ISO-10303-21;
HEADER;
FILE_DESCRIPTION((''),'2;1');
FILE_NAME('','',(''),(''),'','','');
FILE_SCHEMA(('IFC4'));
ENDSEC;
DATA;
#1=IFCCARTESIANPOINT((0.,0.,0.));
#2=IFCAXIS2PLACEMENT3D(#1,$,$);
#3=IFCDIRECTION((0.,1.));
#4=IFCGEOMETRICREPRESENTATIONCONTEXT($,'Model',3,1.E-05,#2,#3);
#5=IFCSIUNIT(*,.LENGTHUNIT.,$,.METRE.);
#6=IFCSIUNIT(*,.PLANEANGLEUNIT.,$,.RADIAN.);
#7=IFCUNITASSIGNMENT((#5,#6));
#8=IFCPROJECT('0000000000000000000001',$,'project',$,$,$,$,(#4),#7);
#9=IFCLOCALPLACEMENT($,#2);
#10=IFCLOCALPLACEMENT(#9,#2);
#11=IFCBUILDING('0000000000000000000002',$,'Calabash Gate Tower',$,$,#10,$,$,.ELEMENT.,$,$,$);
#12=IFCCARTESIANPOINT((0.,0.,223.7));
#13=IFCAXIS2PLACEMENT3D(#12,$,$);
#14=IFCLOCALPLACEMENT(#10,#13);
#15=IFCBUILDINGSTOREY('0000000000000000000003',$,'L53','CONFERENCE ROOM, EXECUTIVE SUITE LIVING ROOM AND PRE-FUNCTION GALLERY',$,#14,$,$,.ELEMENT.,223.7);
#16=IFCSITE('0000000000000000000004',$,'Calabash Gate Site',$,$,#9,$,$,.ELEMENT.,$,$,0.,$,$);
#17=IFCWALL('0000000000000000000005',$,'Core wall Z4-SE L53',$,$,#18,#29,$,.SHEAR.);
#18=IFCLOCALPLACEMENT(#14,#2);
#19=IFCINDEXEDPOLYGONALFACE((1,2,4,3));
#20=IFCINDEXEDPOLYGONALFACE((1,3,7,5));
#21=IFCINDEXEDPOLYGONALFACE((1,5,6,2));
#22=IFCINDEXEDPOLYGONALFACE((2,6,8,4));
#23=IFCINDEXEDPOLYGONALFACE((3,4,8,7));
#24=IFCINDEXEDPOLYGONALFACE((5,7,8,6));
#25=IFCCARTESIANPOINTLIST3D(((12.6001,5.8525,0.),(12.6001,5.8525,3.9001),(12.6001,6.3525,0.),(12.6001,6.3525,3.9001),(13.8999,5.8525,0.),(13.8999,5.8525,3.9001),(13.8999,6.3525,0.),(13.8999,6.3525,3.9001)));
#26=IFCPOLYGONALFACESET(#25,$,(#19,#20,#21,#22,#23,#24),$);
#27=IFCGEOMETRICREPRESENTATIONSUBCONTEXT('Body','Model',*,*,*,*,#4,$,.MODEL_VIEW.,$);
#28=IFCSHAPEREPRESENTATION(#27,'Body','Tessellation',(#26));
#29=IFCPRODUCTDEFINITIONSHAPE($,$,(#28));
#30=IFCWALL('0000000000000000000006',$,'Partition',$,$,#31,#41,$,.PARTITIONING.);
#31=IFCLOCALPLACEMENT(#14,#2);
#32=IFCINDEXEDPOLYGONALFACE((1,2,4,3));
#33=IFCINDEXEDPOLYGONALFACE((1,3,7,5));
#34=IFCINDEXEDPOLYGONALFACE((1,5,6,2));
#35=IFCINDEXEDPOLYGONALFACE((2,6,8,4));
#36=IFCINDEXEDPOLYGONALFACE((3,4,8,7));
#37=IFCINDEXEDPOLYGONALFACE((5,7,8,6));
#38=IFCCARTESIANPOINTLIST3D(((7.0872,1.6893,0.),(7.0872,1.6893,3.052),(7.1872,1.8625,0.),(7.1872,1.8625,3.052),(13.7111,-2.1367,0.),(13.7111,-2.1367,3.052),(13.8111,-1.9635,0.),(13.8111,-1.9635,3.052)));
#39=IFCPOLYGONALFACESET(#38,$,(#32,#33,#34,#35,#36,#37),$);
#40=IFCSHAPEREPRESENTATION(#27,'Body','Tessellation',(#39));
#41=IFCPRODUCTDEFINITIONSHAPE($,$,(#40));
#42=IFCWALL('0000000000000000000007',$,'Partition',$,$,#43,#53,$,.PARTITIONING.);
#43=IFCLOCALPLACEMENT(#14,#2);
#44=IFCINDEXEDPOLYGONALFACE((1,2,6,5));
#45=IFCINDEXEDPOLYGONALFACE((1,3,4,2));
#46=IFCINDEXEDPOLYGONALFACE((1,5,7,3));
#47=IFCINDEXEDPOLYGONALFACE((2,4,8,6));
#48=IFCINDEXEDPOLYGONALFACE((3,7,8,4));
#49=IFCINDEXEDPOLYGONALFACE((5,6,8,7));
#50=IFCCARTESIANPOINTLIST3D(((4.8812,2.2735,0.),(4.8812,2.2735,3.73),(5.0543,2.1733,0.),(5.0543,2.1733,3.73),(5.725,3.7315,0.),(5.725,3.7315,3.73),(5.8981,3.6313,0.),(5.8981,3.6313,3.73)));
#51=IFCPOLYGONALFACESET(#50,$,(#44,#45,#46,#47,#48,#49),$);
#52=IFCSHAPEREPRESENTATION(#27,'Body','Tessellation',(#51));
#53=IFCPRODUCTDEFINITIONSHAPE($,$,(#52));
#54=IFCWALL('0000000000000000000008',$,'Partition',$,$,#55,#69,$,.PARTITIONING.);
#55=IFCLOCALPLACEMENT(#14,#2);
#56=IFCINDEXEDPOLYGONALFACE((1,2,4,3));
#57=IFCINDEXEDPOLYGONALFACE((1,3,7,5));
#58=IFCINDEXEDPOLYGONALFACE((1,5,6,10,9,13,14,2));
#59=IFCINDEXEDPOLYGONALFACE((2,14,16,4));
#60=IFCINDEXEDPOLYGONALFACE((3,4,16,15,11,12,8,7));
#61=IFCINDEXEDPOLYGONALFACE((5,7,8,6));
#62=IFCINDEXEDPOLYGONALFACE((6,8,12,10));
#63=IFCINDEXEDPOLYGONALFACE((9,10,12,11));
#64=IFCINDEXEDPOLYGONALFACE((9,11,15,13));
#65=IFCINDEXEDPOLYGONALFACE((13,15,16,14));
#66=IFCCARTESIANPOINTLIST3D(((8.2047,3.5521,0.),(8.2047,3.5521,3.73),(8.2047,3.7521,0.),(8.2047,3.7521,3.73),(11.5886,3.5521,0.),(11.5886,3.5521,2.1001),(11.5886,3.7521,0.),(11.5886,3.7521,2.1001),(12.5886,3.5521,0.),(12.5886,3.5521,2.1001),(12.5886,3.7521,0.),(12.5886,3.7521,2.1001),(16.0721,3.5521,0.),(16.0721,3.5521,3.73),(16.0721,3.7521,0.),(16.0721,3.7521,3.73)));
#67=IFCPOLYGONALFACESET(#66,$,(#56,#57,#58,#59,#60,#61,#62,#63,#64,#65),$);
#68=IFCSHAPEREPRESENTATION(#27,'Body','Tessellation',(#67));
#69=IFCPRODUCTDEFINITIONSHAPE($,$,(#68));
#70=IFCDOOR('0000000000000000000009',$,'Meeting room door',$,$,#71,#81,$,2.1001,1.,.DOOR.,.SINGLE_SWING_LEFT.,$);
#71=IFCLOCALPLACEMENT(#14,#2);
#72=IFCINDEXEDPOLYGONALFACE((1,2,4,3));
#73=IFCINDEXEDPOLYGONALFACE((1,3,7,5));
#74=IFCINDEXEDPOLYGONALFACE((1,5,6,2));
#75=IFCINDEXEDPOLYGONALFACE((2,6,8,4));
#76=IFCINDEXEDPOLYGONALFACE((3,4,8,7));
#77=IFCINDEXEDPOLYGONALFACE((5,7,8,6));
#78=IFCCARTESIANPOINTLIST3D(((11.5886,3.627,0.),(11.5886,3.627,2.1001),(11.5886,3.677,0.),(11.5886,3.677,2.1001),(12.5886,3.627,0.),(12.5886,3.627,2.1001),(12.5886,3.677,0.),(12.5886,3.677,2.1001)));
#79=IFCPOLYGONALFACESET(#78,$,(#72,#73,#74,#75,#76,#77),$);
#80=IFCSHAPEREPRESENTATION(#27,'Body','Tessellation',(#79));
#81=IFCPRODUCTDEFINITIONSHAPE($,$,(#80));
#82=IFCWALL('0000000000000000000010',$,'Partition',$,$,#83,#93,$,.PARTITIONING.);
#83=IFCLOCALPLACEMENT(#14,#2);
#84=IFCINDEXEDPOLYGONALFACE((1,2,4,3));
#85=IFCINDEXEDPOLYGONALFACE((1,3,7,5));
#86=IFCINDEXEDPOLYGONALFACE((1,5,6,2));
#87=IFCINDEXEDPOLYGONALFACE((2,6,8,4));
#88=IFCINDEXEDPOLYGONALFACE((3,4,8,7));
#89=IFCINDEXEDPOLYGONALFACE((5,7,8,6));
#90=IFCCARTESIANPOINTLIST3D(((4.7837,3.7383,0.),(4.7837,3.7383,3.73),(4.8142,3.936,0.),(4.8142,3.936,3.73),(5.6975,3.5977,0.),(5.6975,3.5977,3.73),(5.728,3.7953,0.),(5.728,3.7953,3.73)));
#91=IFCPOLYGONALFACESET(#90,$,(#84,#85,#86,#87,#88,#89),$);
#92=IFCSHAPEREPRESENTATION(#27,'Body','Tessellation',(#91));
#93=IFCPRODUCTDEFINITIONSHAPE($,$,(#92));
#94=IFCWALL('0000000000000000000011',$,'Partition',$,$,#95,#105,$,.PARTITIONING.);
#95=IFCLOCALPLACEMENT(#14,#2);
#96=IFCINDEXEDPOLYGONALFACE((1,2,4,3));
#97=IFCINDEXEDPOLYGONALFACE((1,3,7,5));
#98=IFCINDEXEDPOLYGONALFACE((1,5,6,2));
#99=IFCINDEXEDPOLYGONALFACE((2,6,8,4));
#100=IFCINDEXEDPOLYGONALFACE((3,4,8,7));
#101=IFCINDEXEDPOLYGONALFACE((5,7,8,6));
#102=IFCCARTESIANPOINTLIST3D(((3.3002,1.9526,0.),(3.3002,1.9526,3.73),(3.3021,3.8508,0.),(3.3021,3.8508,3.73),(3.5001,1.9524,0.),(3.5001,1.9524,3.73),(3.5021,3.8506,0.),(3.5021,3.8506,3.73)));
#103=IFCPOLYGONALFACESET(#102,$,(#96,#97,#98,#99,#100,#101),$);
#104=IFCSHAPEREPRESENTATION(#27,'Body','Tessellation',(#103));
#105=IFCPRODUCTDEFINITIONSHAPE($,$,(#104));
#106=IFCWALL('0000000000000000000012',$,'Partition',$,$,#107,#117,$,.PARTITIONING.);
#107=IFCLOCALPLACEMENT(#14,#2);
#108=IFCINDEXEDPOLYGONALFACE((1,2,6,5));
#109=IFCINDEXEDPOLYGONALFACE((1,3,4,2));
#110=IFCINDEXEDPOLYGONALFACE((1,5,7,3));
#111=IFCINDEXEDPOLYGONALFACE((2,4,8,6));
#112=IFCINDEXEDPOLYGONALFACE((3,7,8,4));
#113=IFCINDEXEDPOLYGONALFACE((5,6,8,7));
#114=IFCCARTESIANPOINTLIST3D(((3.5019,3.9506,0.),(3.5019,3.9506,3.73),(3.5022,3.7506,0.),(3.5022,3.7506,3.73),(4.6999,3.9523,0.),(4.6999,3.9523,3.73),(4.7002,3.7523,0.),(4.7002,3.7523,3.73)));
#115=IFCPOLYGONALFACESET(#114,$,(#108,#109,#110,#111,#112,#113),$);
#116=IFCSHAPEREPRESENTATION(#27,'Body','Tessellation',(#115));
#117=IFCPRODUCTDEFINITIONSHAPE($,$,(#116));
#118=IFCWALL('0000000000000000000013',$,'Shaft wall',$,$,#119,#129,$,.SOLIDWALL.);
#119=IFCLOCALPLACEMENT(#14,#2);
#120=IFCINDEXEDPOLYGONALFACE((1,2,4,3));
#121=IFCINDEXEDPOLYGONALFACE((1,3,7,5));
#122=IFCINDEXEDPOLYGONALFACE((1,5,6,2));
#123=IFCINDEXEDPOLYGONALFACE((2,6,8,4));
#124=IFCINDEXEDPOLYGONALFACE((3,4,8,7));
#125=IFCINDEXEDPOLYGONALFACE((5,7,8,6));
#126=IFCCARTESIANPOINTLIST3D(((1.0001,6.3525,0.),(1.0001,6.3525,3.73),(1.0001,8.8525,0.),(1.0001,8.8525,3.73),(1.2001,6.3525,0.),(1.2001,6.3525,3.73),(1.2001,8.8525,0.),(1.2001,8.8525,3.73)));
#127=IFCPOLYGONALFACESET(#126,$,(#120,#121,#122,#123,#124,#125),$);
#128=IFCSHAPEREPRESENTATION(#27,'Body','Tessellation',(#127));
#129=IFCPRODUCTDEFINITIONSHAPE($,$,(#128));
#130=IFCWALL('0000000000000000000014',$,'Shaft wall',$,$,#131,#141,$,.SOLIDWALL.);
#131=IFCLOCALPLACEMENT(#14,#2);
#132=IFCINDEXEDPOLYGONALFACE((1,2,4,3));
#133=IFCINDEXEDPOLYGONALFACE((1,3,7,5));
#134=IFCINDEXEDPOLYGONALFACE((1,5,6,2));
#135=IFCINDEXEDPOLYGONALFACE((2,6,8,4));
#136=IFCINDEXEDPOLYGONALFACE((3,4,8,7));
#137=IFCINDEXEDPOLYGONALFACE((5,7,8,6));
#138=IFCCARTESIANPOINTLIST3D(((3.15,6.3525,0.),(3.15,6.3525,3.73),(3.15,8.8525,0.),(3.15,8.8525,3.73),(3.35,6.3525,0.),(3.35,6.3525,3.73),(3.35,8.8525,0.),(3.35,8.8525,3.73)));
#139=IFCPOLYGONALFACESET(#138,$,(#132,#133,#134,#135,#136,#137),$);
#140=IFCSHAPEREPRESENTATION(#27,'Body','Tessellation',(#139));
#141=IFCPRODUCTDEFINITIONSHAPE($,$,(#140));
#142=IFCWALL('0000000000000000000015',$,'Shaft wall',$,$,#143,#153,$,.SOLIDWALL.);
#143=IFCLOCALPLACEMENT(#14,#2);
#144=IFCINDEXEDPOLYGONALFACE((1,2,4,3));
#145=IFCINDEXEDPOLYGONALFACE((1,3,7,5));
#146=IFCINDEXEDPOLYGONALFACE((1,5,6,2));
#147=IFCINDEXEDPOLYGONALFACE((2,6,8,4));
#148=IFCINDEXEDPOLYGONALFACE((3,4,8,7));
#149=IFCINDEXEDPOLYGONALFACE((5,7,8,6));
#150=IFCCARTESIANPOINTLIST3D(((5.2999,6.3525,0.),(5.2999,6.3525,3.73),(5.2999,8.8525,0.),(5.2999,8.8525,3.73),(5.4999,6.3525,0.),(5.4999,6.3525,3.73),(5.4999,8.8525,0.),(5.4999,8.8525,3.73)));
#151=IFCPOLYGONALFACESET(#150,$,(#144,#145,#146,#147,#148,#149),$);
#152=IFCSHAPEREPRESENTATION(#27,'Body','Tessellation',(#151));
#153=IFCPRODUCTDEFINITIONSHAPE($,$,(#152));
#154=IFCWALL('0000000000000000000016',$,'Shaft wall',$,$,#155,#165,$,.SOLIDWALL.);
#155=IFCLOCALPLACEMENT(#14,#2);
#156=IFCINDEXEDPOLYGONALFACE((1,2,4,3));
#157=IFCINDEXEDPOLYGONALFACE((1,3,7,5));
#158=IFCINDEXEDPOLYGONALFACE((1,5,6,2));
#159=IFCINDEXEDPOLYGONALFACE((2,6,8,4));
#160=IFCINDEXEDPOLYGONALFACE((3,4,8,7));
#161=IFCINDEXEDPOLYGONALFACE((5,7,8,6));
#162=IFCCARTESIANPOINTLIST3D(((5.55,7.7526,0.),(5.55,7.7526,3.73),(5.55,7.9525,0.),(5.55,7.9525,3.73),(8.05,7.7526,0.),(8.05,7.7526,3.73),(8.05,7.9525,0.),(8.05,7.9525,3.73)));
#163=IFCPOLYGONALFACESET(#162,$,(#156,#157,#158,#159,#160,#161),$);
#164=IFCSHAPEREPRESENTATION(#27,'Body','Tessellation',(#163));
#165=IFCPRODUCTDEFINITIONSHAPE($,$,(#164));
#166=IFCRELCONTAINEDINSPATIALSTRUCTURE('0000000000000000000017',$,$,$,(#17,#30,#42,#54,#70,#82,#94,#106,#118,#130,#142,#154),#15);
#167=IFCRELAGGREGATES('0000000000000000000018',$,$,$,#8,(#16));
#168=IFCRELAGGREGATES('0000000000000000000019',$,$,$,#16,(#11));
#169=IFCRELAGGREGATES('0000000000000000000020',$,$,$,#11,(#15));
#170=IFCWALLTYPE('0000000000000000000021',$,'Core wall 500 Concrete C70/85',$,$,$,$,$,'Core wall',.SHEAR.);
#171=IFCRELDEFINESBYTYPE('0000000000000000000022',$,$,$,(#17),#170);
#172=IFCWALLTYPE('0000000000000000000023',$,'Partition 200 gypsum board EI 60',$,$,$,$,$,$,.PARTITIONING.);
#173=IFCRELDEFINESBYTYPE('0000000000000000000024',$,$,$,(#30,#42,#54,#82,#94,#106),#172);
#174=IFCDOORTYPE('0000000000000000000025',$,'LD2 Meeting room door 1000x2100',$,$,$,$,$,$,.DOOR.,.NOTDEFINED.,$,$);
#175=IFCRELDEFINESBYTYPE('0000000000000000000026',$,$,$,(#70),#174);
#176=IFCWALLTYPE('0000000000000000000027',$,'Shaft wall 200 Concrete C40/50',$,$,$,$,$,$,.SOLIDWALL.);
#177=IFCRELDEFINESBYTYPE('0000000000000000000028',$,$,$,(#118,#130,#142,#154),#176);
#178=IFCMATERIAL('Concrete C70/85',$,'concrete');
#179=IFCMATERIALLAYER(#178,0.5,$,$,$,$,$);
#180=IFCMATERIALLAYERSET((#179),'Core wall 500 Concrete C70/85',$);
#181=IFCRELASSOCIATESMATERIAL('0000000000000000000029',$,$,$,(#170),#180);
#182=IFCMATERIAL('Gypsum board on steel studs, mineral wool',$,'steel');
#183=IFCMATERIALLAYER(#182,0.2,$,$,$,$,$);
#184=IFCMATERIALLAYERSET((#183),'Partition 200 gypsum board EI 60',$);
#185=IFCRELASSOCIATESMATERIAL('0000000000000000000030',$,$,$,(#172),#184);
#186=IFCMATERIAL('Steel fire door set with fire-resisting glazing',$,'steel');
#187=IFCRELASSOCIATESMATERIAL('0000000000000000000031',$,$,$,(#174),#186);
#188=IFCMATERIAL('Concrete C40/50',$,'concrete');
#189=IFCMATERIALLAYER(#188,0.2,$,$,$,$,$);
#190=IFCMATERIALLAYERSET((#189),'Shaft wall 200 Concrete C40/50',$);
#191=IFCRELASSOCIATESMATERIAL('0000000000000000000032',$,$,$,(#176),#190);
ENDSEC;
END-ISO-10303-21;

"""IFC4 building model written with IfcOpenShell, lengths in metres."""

from ifc_helpers import new_model, si_unit, direction, frame, frame_2d, origin, place, context, subcontext, project, spatial, rectangle, extrude, material, layer, layer_set, type_object, element, fill, save


model = new_model("IFC4")

# Units and contexts
model_context = context("Model", 3, precision=1e-05, world=origin(), true_north=direction((0.0, 1.0)))
body_context = subcontext(model_context, "Body", "Model", "MODEL_VIEW")
ifc_project = project(units=[si_unit("LENGTHUNIT", "METRE"), si_unit("PLANEANGLEUNIT", "RADIAN")], contexts=[model_context])

# Site, building, storey
site_placement = place(None, origin())
site = spatial("IfcSite", under=ifc_project, at=site_placement, Name="Calabash Gate Site", CompositionType="ELEMENT", RefElevation=0.0)
building_placement = place(site_placement, origin())
building = spatial("IfcBuilding", under=site, at=building_placement, Name="Calabash Gate Tower", CompositionType="ELEMENT")
storey_placement = place(building_placement, frame((0.0, 0.0, 223.7)))
storey = spatial("IfcBuildingStorey", under=building, at=storey_placement, Name="L53", Description="CONFERENCE ROOM, EXECUTIVE SUITE LIVING ROOM AND PRE-FUNCTION GALLERY", CompositionType="ELEMENT", Elevation=223.7)

# Shared definitions
ifc_material_1 = material(Name="Concrete C70/85", Category="concrete")
ifc_layer_1 = layer(ifc_material_1, 0.5)
ifc_layer_set_1 = layer_set([ifc_layer_1], Name="Core wall 500 Concrete C70/85")
wall_type_1 = type_object("IfcWallType", Name="Core wall 500 Concrete C70/85", ElementType="Core wall", PredefinedType="SHEAR", material=ifc_layer_set_1)

# Walls
wall_1_placement = place(storey_placement, frame((12.6001, 6.1025, 0.0), z_axis=(0.0, 0.0, 1.0), x_axis=(1.0, 0.0, 0.0)))
element("IfcWall", 1, at=wall_1_placement, inside=storey, type_object=wall_type_1, Name="Core wall Z4-SE L53", PredefinedType="SHEAR", context=body_context, shape_type="SweptSolid", body=[
    extrude(rectangle(XDim=1.2998, YDim=0.5, at=frame_2d((0.6499, 0.0))), origin(), (0.0, 0.0, 1.0), 3.9001),
])
ifc_material_2 = material(Name="Gypsum board on steel studs, mineral wool", Category="steel")
ifc_layer_2 = layer(ifc_material_2, 0.2)
ifc_layer_set_2 = layer_set([ifc_layer_2], Name="Partition 200 gypsum board EI 60")
wall_type_2 = type_object("IfcWallType", Name="Partition 200 gypsum board EI 60", PredefinedType="PARTITIONING", material=ifc_layer_set_2)
wall_2_placement = place(storey_placement, frame((7.1372, 1.7759, 0.0), z_axis=(0.0, 0.0, 1.0), x_axis=(0.86593, -0.500165, 0.0)))
element("IfcWall", 2, at=wall_2_placement, inside=storey, type_object=wall_type_2, Name="Partition", PredefinedType="PARTITIONING", context=body_context, shape_type="SweptSolid", body=[
    extrude(rectangle(XDim=7.6494, YDim=0.2, at=frame_2d((3.8247, 0.0))), origin(), (0.0, 0.0, 1.0), 3.052),
])
wall_3_placement = place(storey_placement, frame((4.9678, 2.2234, 0.0), z_axis=(0.0, 0.0, 1.0), x_axis=(0.500876, 0.865519, 0.0)))
element("IfcWall", 3, at=wall_3_placement, inside=storey, type_object=wall_type_2, Name="Partition", PredefinedType="PARTITIONING", context=body_context, shape_type="SweptSolid", body=[
    extrude(rectangle(XDim=1.6846, YDim=0.2, at=frame_2d((0.8423, 0.0))), origin(), (0.0, 0.0, 1.0), 3.73),
])

# Wall, opening, door
wall_4_placement = place(storey_placement, frame((8.2048, 3.6521, 0.0), z_axis=(0.0, 0.0, 1.0), x_axis=(1.0, 0.0, 0.0)))
wall_4 = element("IfcWall", 4, at=wall_4_placement, inside=storey, type_object=wall_type_2, Name="Partition", PredefinedType="PARTITIONING", context=body_context, shape_type="SweptSolid", body=[
    extrude(rectangle(XDim=7.8674, YDim=0.2, at=frame_2d((3.9336, 0.0))), origin(), (0.0, 0.0, 1.0), 3.73),
])
opening_1_placement = place(wall_4_placement, frame((3.3838, 0.0, 0.0)))
opening_1 = element("IfcOpeningElement", 5, at=opening_1_placement, cuts=wall_4, PredefinedType="OPENING", context=body_context, shape_type="SweptSolid", body=[
    extrude(rectangle(XDim=1.0, YDim=2.1001, at=frame_2d((0.5, 1.05))), frame((0.0, 0.1099, 0.0), z_axis=(0.0, -1.0, 0.0), x_axis=(1.0, 0.0, 0.0)), (0.0, 0.0, 1.0), 0.22),
])
ifc_material_3 = material(Name="Steel fire door set with fire-resisting glazing", Category="steel")
door_type_1 = type_object("IfcDoorType", Name="LD2 Meeting room door 1000x2100", OperationType="NOTDEFINED", PredefinedType="DOOR", material=ifc_material_3)
door_1_placement = place(opening_1_placement, origin())
door_1 = element("IfcDoor", 6, at=door_1_placement, inside=storey, type_object=door_type_1, Name="Meeting room door", OperationType="SINGLE_SWING_LEFT", OverallHeight=2.1001, OverallWidth=1.0, PredefinedType="DOOR", context=body_context, shape_type="SweptSolid", body=[
    extrude(rectangle(XDim=1.0, YDim=2.1001, at=frame_2d((0.5, 1.05))), frame((0.0, 0.0249, 0.0), z_axis=(0.0, -1.0, 0.0), x_axis=(1.0, 0.0, 0.0)), (0.0, 0.0, 1.0), 0.05),
])
fill(opening_1, door_1)

# Walls
wall_5_placement = place(storey_placement, frame((4.7988, 3.8372, 0.0), z_axis=(0.0, 0.0, 1.0), x_axis=(0.988366, -0.152097, 0.0)))
element("IfcWall", 7, at=wall_5_placement, inside=storey, type_object=wall_type_2, Name="Partition", PredefinedType="PARTITIONING", context=body_context, shape_type="SweptSolid", body=[
    extrude(rectangle(XDim=0.9246, YDim=0.2, at=frame_2d((0.4624, 0.0))), origin(), (0.0, 0.0, 1.0), 3.73),
])
wall_6_placement = place(storey_placement, frame((3.4001, 1.9524, 0.0), z_axis=(0.0, 0.0, 1.0), x_axis=(0.001029, 0.999999, 0.0)))
element("IfcWall", 8, at=wall_6_placement, inside=storey, type_object=wall_type_2, Name="Partition", PredefinedType="PARTITIONING", context=body_context, shape_type="SweptSolid", body=[
    extrude(rectangle(XDim=1.8982, YDim=0.2, at=frame_2d((0.9492, 0.0))), origin(), (0.0, 0.0, 1.0), 3.73),
])
wall_7_placement = place(storey_placement, frame((3.502, 3.8506, 0.0), z_axis=(0.0, 0.0, 1.0), x_axis=(0.999999, 0.001427, 0.0)))
element("IfcWall", 9, at=wall_7_placement, inside=storey, type_object=wall_type_2, Name="Partition", PredefinedType="PARTITIONING", context=body_context, shape_type="SweptSolid", body=[
    extrude(rectangle(XDim=1.198, YDim=0.2, at=frame_2d((0.5991, 0.0))), origin(), (0.0, 0.0, 1.0), 3.73),
])
ifc_material_4 = material(Name="Concrete C40/50", Category="concrete")
ifc_layer_3 = layer(ifc_material_4, 0.2)
ifc_layer_set_3 = layer_set([ifc_layer_3], Name="Shaft wall 200 Concrete C40/50")
wall_type_3 = type_object("IfcWallType", Name="Shaft wall 200 Concrete C40/50", PredefinedType="SOLIDWALL", material=ifc_layer_set_3)
for number, where, z_axis, x_axis, name in (
    (10, (1.1001, 6.3525, 0.0), (0.0, 0.0, 1.0), (0.0, 1.0, 0.0), "Shaft wall"),
    (11, (3.25, 6.3525, 0.0), (0.0, 0.0, 1.0), (0.0, 1.0, 0.0), "Shaft wall"),
    (12, (5.3999, 6.3525, 0.0), (0.0, 0.0, 1.0), (0.0, 1.0, 0.0), "Shaft wall"),
    (13, (5.55, 7.8525, 0.0), (0.0, 0.0, 1.0), (1.0, 0.0, 0.0), "Shaft wall"),
):
    element("IfcWall", number, at=place(storey_placement, frame(where, z_axis=z_axis, x_axis=x_axis)), inside=storey, type_object=wall_type_3, Name=name, PredefinedType="SOLIDWALL", context=body_context, shape_type="SweptSolid", body=[
        extrude(rectangle(XDim=2.5, YDim=0.2, at=frame_2d((1.25, 0.0))), origin(), (0.0, 0.0, 1.0), 3.73),
    ])

save(model, "model.ifc")
